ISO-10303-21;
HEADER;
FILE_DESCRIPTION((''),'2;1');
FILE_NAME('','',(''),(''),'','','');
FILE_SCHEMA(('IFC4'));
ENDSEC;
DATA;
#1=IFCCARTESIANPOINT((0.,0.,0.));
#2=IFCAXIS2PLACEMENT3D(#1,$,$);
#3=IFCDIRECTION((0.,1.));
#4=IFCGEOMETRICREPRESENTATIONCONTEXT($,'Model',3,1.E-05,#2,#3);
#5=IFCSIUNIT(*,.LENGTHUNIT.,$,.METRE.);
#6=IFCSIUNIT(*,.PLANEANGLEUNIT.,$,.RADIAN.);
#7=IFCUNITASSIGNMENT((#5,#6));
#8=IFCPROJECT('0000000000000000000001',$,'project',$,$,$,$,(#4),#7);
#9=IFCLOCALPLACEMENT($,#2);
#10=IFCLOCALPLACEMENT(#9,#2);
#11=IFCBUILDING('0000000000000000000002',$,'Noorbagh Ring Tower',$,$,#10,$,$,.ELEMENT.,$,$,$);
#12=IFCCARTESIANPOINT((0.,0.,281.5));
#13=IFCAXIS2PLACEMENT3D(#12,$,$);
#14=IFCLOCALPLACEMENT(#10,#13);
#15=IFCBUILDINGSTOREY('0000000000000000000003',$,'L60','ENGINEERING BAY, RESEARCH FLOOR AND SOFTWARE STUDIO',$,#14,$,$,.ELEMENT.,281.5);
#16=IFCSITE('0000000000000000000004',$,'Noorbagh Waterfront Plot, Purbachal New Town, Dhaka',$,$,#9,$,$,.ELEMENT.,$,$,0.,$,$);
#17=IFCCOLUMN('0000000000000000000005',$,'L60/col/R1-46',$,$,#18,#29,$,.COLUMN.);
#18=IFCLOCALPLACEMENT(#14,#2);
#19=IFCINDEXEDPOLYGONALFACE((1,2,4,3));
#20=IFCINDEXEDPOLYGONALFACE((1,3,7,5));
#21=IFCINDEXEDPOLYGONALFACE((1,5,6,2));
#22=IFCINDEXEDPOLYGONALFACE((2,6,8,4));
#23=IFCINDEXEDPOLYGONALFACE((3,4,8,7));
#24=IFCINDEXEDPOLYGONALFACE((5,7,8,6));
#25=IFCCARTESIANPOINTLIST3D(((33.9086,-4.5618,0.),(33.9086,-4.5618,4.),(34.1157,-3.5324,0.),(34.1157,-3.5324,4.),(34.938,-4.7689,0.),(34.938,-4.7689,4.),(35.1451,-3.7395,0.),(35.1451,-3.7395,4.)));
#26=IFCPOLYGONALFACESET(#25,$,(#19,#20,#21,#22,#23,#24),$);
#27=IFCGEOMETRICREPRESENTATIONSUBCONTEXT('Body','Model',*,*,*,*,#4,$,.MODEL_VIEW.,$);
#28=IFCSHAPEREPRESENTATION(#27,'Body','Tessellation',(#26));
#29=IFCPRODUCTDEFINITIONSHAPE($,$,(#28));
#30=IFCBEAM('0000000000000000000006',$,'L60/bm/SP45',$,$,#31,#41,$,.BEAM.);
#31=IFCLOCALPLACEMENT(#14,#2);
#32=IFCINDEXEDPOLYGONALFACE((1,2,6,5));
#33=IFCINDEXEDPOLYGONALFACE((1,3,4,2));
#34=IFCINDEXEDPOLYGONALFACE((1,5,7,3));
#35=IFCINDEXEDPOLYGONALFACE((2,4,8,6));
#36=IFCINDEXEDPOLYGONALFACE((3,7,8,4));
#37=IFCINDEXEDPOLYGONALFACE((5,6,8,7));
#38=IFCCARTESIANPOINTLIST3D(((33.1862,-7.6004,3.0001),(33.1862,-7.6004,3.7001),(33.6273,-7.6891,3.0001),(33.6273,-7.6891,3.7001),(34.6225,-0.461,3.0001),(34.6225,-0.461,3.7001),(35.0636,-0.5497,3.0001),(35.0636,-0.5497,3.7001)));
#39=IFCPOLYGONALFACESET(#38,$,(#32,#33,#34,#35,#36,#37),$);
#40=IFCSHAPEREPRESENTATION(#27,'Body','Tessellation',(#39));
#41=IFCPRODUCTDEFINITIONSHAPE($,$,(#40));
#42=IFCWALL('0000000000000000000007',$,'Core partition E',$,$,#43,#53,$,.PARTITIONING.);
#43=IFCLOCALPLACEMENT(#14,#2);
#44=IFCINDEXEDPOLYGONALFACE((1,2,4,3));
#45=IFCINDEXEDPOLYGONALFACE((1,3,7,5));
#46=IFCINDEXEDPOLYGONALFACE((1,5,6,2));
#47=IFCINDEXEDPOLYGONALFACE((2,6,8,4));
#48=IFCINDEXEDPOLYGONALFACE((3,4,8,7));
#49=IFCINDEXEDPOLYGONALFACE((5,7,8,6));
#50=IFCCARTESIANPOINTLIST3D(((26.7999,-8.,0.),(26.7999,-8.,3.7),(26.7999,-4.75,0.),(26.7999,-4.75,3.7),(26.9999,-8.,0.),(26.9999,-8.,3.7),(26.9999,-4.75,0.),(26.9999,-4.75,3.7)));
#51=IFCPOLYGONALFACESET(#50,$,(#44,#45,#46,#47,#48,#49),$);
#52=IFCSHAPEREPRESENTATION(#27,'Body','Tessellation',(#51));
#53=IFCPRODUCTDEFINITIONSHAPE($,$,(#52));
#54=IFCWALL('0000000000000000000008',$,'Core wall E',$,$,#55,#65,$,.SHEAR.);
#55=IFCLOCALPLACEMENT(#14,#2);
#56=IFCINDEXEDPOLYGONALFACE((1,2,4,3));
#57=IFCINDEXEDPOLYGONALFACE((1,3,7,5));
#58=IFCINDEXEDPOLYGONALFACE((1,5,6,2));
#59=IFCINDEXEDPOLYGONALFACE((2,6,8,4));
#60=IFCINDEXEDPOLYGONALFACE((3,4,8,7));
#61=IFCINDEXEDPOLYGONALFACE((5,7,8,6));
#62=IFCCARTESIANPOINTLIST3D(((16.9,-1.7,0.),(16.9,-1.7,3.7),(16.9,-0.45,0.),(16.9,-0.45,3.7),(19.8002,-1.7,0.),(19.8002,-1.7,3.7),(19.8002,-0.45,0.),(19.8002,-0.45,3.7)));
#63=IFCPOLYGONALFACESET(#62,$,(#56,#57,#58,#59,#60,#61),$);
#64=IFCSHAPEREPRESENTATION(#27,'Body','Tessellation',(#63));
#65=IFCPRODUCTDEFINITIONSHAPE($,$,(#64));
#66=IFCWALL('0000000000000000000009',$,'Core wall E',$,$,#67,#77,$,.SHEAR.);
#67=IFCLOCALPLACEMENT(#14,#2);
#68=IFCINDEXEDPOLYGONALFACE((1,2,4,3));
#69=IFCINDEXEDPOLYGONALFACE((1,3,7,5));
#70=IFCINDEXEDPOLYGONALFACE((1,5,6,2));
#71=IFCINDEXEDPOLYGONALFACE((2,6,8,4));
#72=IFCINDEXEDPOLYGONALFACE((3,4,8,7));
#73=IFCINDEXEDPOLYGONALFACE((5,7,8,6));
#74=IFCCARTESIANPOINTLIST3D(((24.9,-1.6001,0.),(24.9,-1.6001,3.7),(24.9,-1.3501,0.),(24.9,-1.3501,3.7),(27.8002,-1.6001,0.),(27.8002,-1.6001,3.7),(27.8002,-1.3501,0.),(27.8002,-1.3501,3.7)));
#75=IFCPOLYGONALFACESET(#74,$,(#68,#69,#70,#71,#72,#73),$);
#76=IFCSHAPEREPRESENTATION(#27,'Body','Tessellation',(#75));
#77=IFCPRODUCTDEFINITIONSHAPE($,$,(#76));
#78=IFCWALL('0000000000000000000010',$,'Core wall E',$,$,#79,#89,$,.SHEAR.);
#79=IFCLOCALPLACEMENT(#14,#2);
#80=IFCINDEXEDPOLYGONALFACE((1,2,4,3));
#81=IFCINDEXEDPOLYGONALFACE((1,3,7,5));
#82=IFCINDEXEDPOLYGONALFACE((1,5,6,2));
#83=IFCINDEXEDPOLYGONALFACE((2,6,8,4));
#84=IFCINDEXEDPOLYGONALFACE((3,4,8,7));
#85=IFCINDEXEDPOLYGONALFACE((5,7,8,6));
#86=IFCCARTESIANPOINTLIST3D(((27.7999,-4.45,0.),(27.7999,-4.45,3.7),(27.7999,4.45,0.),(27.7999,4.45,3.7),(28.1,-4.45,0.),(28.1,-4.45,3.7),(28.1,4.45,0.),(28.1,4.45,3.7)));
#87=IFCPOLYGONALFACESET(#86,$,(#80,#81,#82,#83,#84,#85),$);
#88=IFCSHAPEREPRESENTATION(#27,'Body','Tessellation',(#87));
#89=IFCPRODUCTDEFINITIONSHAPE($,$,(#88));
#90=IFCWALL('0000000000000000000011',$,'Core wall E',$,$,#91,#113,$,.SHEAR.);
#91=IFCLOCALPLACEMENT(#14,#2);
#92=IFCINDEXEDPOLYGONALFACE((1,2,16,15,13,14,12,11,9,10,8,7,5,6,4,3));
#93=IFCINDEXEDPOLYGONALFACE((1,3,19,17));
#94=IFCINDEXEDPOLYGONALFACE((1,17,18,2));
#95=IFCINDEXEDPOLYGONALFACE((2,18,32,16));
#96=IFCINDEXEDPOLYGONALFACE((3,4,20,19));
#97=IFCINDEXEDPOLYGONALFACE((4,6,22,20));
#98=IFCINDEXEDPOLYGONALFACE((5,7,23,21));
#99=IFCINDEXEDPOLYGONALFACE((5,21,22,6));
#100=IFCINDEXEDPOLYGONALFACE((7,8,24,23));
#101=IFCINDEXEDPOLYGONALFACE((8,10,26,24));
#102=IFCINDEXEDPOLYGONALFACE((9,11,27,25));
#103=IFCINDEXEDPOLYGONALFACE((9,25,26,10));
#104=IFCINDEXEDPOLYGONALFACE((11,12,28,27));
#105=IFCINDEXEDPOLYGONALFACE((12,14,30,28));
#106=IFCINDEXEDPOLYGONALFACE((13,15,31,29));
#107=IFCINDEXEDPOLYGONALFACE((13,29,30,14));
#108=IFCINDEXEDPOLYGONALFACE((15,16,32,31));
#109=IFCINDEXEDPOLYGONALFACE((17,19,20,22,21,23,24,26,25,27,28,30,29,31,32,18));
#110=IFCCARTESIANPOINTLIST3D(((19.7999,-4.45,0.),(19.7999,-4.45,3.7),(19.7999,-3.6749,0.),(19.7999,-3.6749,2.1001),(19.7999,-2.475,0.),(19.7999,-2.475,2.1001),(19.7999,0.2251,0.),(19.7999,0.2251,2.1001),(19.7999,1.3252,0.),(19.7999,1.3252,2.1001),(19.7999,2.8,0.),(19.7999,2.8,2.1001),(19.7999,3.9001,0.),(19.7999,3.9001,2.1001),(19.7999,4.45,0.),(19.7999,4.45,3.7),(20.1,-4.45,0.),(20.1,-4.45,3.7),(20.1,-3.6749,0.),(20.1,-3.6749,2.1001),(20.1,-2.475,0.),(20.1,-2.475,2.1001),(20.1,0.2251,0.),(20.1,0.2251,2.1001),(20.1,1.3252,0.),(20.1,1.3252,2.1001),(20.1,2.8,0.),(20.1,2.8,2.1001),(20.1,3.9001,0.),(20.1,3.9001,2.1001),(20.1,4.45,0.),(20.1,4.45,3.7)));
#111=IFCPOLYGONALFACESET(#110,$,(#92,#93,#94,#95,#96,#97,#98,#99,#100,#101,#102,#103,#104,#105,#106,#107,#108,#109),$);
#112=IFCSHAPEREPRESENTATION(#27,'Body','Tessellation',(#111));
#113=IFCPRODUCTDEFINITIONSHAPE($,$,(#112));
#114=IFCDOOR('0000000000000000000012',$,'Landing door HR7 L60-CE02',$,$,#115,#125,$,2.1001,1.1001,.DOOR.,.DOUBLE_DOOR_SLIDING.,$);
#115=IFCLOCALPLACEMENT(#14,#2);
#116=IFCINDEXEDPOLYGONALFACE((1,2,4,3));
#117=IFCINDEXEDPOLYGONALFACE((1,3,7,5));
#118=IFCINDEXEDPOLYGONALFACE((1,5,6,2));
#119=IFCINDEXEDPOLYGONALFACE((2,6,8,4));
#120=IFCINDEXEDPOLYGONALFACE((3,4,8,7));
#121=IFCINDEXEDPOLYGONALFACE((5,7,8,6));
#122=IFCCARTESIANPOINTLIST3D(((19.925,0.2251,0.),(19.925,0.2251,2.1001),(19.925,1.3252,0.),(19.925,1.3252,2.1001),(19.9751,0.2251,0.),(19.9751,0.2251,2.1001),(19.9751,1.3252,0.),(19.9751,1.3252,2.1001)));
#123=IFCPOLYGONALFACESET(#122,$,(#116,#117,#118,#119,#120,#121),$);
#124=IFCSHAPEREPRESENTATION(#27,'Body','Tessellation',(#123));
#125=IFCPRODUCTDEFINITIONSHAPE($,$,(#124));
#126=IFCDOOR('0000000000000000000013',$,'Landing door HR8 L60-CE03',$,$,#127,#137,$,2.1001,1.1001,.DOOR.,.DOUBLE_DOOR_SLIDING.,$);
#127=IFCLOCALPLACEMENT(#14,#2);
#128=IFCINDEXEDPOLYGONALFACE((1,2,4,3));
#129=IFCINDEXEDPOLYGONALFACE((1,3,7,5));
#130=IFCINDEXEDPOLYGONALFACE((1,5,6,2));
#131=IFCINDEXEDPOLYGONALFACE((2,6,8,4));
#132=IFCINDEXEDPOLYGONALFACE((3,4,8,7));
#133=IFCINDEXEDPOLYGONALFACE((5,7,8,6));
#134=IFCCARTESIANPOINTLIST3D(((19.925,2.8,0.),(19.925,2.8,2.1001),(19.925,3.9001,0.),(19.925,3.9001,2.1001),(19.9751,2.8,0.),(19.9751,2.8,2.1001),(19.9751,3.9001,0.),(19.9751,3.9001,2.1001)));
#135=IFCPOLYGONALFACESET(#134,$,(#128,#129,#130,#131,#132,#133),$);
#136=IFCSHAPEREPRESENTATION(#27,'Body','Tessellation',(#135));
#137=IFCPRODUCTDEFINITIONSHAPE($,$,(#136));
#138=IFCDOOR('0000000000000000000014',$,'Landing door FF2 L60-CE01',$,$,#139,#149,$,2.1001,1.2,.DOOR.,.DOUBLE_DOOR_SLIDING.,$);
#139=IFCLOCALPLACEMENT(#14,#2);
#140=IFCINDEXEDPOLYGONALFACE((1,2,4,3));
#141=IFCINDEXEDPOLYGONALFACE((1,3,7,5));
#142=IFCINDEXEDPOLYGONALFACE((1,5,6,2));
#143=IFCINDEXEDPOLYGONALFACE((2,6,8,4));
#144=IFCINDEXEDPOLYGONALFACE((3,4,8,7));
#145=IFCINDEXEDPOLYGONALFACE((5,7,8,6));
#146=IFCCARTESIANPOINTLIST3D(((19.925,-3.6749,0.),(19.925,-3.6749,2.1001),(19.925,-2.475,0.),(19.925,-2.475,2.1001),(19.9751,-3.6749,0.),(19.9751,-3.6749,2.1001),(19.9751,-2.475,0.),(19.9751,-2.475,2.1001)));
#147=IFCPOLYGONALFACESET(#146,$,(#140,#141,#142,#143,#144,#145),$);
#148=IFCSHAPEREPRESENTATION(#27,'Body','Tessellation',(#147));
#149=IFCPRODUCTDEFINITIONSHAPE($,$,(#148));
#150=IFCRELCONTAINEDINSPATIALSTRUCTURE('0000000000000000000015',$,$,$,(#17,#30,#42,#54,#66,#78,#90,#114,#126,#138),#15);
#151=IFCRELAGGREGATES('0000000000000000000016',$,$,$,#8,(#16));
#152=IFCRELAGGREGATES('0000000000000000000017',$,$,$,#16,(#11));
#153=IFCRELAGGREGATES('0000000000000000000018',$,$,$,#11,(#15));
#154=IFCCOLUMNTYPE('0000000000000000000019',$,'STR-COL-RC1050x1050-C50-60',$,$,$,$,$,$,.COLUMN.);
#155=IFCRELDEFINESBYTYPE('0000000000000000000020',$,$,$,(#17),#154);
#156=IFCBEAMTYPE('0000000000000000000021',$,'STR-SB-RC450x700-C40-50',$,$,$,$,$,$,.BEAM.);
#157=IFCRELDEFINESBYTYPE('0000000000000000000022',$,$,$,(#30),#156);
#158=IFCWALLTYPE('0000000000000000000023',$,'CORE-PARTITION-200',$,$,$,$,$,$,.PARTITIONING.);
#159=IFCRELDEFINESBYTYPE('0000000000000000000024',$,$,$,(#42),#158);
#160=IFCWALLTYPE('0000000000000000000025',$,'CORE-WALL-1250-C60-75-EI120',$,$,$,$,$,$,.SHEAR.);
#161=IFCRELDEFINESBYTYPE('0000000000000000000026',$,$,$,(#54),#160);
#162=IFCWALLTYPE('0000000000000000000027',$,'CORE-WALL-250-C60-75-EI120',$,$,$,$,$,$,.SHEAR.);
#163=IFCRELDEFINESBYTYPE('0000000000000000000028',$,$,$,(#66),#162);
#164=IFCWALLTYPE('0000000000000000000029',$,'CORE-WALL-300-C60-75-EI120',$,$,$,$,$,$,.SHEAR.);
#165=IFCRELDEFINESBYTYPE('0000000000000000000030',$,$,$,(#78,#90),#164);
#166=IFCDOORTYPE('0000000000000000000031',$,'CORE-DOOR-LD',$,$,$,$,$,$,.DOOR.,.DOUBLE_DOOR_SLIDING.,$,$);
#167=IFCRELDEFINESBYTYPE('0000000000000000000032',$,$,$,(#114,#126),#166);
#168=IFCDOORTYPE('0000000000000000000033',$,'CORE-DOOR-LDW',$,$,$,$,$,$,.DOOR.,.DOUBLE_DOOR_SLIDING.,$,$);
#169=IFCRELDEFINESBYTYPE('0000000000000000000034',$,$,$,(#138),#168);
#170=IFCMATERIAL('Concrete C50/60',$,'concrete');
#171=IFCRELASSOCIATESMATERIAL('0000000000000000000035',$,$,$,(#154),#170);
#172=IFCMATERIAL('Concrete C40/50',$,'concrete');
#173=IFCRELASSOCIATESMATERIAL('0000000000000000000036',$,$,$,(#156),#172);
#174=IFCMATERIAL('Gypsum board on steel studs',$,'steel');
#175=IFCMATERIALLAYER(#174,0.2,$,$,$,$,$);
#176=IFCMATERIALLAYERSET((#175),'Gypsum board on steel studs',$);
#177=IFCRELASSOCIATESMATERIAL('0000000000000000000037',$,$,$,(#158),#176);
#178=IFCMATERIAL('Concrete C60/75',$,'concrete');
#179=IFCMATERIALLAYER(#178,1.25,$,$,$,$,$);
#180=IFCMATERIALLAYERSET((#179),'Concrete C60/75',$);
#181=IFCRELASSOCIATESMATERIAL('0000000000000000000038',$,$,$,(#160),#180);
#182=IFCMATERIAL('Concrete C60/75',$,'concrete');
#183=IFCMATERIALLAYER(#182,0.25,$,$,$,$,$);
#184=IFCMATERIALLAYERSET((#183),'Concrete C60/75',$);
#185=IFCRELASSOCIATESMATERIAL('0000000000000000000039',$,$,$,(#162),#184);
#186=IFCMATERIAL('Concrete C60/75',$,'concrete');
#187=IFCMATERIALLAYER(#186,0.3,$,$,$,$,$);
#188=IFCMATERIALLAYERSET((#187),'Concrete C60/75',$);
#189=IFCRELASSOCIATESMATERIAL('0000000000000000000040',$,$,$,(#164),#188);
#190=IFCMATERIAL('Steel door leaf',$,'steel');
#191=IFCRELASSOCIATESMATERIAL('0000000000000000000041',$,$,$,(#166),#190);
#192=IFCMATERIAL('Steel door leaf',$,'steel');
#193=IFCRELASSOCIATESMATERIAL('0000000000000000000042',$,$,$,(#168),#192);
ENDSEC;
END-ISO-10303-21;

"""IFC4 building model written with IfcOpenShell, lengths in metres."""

from ifc_helpers import new_model, si_unit, direction, frame, frame_2d, origin, origin_2d, place, context, subcontext, project, spatial, rectangle, extrude, material, layer, layer_set, material_profile, profile_set, type_object, element, fill, save


model = new_model("IFC4")

# Units and contexts
model_context = context("Model", 3, precision=1e-05, world=origin(), true_north=direction((0.0, 1.0)))
body_context = subcontext(model_context, "Body", "Model", "MODEL_VIEW")
ifc_project = project(units=[si_unit("LENGTHUNIT", "METRE"), si_unit("PLANEANGLEUNIT", "RADIAN")], contexts=[model_context])

# Site, building, storey
site_placement = place(None, origin())
site = spatial("IfcSite", under=ifc_project, at=site_placement, Name="Noorbagh Waterfront Plot, Purbachal New Town, Dhaka", CompositionType="ELEMENT", RefElevation=0.0)
building_placement = place(site_placement, origin())
building = spatial("IfcBuilding", under=site, at=building_placement, Name="Noorbagh Ring Tower", CompositionType="ELEMENT")
storey_placement = place(building_placement, frame((0.0, 0.0, 281.5)))
storey = spatial("IfcBuildingStorey", under=building, at=storey_placement, Name="L60", Description="ENGINEERING BAY, RESEARCH FLOOR AND SOFTWARE STUDIO", CompositionType="ELEMENT", Elevation=281.5)

# Column
ifc_material_1 = material(Name="Concrete C50/60", Category="concrete")
ifc_material_profile_1 = material_profile(ifc_material_1, rectangle(XDim=1.05, YDim=1.05, at=origin_2d()), Name="RC1050x1050")
ifc_profile_set_1 = profile_set([ifc_material_profile_1], Name="Concrete C50/60")
column_type = type_object("IfcColumnType", Name="STR-COL-RC1050x1050-C50-60", PredefinedType="COLUMN", material=ifc_profile_set_1)
column_placement = place(storey_placement, frame((34.5269, -4.1506, 0.0), z_axis=(0.0, 0.0, 1.0), x_axis=(0.19723, 0.980357, 0.0)))
element("IfcColumn", 1, at=column_placement, inside=storey, type_object=column_type, Name="L60/col/R1-46", PredefinedType="COLUMN", context=body_context, shape_type="SweptSolid", body=[
    extrude(rectangle(XDim=1.05, YDim=1.05, at=origin_2d()), origin(), (0.0, 0.0, 1.0), 4.0),
])

# Beam
ifc_material_2 = material(Name="Concrete C40/50", Category="concrete")
ifc_material_profile_2 = material_profile(ifc_material_2, rectangle(XDim=0.45, YDim=0.7, at=origin_2d()), Name="RC450x700")
ifc_profile_set_2 = profile_set([ifc_material_profile_2], Name="Concrete C40/50")
beam_type = type_object("IfcBeamType", Name="STR-SB-RC450x700-C40-50", PredefinedType="BEAM", material=ifc_profile_set_2)
beam_placement = place(storey_placement, frame((33.4067, -7.6448, 3.3501), z_axis=(0.197225, 0.980358, 0.0), x_axis=(-0.980358, 0.197225, 0.0)))
element("IfcBeam", 2, at=beam_placement, inside=storey, type_object=beam_type, Name="L60/bm/SP45", PredefinedType="BEAM", context=body_context, shape_type="SweptSolid", body=[
    extrude(rectangle(XDim=0.45, YDim=0.7, at=origin_2d()), origin(), (0.0, 0.0, 1.0), 7.2825),
])

# Walls
ifc_material_3 = material(Name="Gypsum board on steel studs", Category="steel")
ifc_layer_1 = layer(ifc_material_3, 0.2)
ifc_layer_set_1 = layer_set([ifc_layer_1], Name="Gypsum board on steel studs")
wall_type_1 = type_object("IfcWallType", Name="CORE-PARTITION-200", PredefinedType="PARTITIONING", material=ifc_layer_set_1)
wall_1_placement = place(storey_placement, frame((26.8999, -8.0, 0.0), z_axis=(0.0, 0.0, 1.0), x_axis=(0.0, 1.0, 0.0)))
element("IfcWall", 3, at=wall_1_placement, inside=storey, type_object=wall_type_1, Name="Core partition E", PredefinedType="PARTITIONING", context=body_context, shape_type="SweptSolid", body=[
    extrude(rectangle(XDim=3.25, YDim=0.2, at=frame_2d((1.625, 0.0))), origin(), (0.0, 0.0, 1.0), 3.7),
])
ifc_material_4 = material(Name="Concrete C60/75", Category="concrete")
ifc_layer_2 = layer(ifc_material_4, 1.25)
ifc_layer_set_2 = layer_set([ifc_layer_2], Name="Concrete C60/75")
wall_type_2 = type_object("IfcWallType", Name="CORE-WALL-1250-C60-75-EI120", PredefinedType="SHEAR", material=ifc_layer_set_2)
wall_2_placement = place(storey_placement, frame((16.8999, -1.075, 0.0), z_axis=(0.0, 0.0, 1.0), x_axis=(1.0, 0.0, 0.0)))
element("IfcWall", 4, at=wall_2_placement, inside=storey, type_object=wall_type_2, Name="Core wall E", PredefinedType="SHEAR", context=body_context, shape_type="SweptSolid", body=[
    extrude(rectangle(XDim=2.9001, YDim=1.25, at=frame_2d((1.4502, 0.0))), origin(), (0.0, 0.0, 1.0), 3.7),
])
ifc_material_5 = material(Name="Concrete C60/75", Category="concrete")
ifc_layer_3 = layer(ifc_material_5, 0.25)
ifc_layer_set_3 = layer_set([ifc_layer_3], Name="Concrete C60/75")
wall_type_3 = type_object("IfcWallType", Name="CORE-WALL-250-C60-75-EI120", PredefinedType="SHEAR", material=ifc_layer_set_3)
wall_3_placement = place(storey_placement, frame((24.8999, -1.4751, 0.0), z_axis=(0.0, 0.0, 1.0), x_axis=(1.0, 0.0, 0.0)))
element("IfcWall", 5, at=wall_3_placement, inside=storey, type_object=wall_type_3, Name="Core wall E", PredefinedType="SHEAR", context=body_context, shape_type="SweptSolid", body=[
    extrude(rectangle(XDim=2.9001, YDim=0.25, at=frame_2d((1.4502, 0.0))), origin(), (0.0, 0.0, 1.0), 3.7),
])
ifc_material_6 = material(Name="Concrete C60/75", Category="concrete")
ifc_layer_4 = layer(ifc_material_6, 0.3)
ifc_layer_set_4 = layer_set([ifc_layer_4], Name="Concrete C60/75")
wall_type_4 = type_object("IfcWallType", Name="CORE-WALL-300-C60-75-EI120", PredefinedType="SHEAR", material=ifc_layer_set_4)
wall_4_placement = place(storey_placement, frame((27.95, -4.45, 0.0), z_axis=(0.0, 0.0, 1.0), x_axis=(0.0, 1.0, 0.0)))
element("IfcWall", 6, at=wall_4_placement, inside=storey, type_object=wall_type_4, Name="Core wall E", PredefinedType="SHEAR", context=body_context, shape_type="SweptSolid", body=[
    extrude(rectangle(XDim=8.8999, YDim=0.3, at=frame_2d((4.45, 0.0))), origin(), (0.0, 0.0, 1.0), 3.7),
])

# Wall, openings, doors
wall_5_placement = place(storey_placement, frame((19.95, -4.45, 0.0), z_axis=(0.0, 0.0, 1.0), x_axis=(0.0, 1.0, 0.0)))
wall_5 = element("IfcWall", 7, at=wall_5_placement, inside=storey, type_object=wall_type_4, Name="Core wall E", PredefinedType="SHEAR", context=body_context, shape_type="SweptSolid", body=[
    extrude(rectangle(XDim=8.8999, YDim=0.3, at=frame_2d((4.45, 0.0))), origin(), (0.0, 0.0, 1.0), 3.7),
])
opening_1_placement = place(wall_5_placement, frame((0.7749, 0.0, 0.0)))
opening_1 = element("IfcOpeningElement", 8, at=opening_1_placement, cuts=wall_5, PredefinedType="OPENING", context=body_context, shape_type="SweptSolid", body=[
    extrude(rectangle(XDim=1.2, YDim=2.1001, at=frame_2d((0.6001, 1.05))), frame((0.0, 0.1602, 0.0), z_axis=(0.0, -1.0, 0.0), x_axis=(1.0, 0.0, 0.0)), (0.0, 0.0, 1.0), 0.3201),
])
opening_2_placement = place(wall_5_placement, frame((4.675, 0.0, 0.0)))
opening_2 = element("IfcOpeningElement", 9, at=opening_2_placement, cuts=wall_5, PredefinedType="OPENING", context=body_context, shape_type="SweptSolid", body=[
    extrude(rectangle(XDim=1.1001, YDim=2.1001, at=frame_2d((0.55, 1.05))), frame((0.0, 0.1602, 0.0), z_axis=(0.0, -1.0, 0.0), x_axis=(1.0, 0.0, 0.0)), (0.0, 0.0, 1.0), 0.3201),
])
opening_3_placement = place(wall_5_placement, frame((7.25, 0.0, 0.0)))
opening_3 = element("IfcOpeningElement", 10, at=opening_3_placement, cuts=wall_5, PredefinedType="OPENING", context=body_context, shape_type="SweptSolid", body=[
    extrude(rectangle(XDim=1.1001, YDim=2.1001, at=frame_2d((0.55, 1.05))), frame((0.0, 0.1602, 0.0), z_axis=(0.0, -1.0, 0.0), x_axis=(1.0, 0.0, 0.0)), (0.0, 0.0, 1.0), 0.3201),
])
ifc_material_7 = material(Name="Steel door leaf", Category="steel")
door_type_1 = type_object("IfcDoorType", Name="CORE-DOOR-LD", OperationType="DOUBLE_DOOR_SLIDING", PredefinedType="DOOR", material=ifc_material_7)
door_1_placement = place(opening_2_placement, origin())
door_1 = element("IfcDoor", 11, at=door_1_placement, inside=storey, type_object=door_type_1, Name="Landing door HR7 L60-CE02", OperationType="DOUBLE_DOOR_SLIDING", OverallHeight=2.1001, OverallWidth=1.1001, PredefinedType="DOOR", context=body_context, shape_type="SweptSolid", body=[
    extrude(rectangle(XDim=1.1001, YDim=2.1001, at=frame_2d((0.55, 1.05))), frame((0.0, 0.0249, 0.0), z_axis=(0.0, -1.0, 0.0), x_axis=(1.0, 0.0, 0.0)), (0.0, 0.0, 1.0), 0.05),
])
fill(opening_2, door_1)
door_2_placement = place(opening_3_placement, origin())
door_2 = element("IfcDoor", 12, at=door_2_placement, inside=storey, type_object=door_type_1, Name="Landing door HR8 L60-CE03", OperationType="DOUBLE_DOOR_SLIDING", OverallHeight=2.1001, OverallWidth=1.1001, PredefinedType="DOOR", context=body_context, shape_type="SweptSolid", body=[
    extrude(rectangle(XDim=1.1001, YDim=2.1001, at=frame_2d((0.55, 1.05))), frame((0.0, 0.0249, 0.0), z_axis=(0.0, -1.0, 0.0), x_axis=(1.0, 0.0, 0.0)), (0.0, 0.0, 1.0), 0.05),
])
fill(opening_3, door_2)
ifc_material_8 = material(Name="Steel door leaf", Category="steel")
door_type_2 = type_object("IfcDoorType", Name="CORE-DOOR-LDW", OperationType="DOUBLE_DOOR_SLIDING", PredefinedType="DOOR", material=ifc_material_8)
door_3_placement = place(opening_1_placement, origin())
door_3 = element("IfcDoor", 13, at=door_3_placement, inside=storey, type_object=door_type_2, Name="Landing door FF2 L60-CE01", OperationType="DOUBLE_DOOR_SLIDING", OverallHeight=2.1001, OverallWidth=1.2, PredefinedType="DOOR", context=body_context, shape_type="SweptSolid", body=[
    extrude(rectangle(XDim=1.2, YDim=2.1001, at=frame_2d((0.6001, 1.05))), frame((0.0, 0.0249, 0.0), z_axis=(0.0, -1.0, 0.0), x_axis=(1.0, 0.0, 0.0)), (0.0, 0.0, 1.0), 0.05),
])
fill(opening_1, door_3)

save(model, "model.ifc")
